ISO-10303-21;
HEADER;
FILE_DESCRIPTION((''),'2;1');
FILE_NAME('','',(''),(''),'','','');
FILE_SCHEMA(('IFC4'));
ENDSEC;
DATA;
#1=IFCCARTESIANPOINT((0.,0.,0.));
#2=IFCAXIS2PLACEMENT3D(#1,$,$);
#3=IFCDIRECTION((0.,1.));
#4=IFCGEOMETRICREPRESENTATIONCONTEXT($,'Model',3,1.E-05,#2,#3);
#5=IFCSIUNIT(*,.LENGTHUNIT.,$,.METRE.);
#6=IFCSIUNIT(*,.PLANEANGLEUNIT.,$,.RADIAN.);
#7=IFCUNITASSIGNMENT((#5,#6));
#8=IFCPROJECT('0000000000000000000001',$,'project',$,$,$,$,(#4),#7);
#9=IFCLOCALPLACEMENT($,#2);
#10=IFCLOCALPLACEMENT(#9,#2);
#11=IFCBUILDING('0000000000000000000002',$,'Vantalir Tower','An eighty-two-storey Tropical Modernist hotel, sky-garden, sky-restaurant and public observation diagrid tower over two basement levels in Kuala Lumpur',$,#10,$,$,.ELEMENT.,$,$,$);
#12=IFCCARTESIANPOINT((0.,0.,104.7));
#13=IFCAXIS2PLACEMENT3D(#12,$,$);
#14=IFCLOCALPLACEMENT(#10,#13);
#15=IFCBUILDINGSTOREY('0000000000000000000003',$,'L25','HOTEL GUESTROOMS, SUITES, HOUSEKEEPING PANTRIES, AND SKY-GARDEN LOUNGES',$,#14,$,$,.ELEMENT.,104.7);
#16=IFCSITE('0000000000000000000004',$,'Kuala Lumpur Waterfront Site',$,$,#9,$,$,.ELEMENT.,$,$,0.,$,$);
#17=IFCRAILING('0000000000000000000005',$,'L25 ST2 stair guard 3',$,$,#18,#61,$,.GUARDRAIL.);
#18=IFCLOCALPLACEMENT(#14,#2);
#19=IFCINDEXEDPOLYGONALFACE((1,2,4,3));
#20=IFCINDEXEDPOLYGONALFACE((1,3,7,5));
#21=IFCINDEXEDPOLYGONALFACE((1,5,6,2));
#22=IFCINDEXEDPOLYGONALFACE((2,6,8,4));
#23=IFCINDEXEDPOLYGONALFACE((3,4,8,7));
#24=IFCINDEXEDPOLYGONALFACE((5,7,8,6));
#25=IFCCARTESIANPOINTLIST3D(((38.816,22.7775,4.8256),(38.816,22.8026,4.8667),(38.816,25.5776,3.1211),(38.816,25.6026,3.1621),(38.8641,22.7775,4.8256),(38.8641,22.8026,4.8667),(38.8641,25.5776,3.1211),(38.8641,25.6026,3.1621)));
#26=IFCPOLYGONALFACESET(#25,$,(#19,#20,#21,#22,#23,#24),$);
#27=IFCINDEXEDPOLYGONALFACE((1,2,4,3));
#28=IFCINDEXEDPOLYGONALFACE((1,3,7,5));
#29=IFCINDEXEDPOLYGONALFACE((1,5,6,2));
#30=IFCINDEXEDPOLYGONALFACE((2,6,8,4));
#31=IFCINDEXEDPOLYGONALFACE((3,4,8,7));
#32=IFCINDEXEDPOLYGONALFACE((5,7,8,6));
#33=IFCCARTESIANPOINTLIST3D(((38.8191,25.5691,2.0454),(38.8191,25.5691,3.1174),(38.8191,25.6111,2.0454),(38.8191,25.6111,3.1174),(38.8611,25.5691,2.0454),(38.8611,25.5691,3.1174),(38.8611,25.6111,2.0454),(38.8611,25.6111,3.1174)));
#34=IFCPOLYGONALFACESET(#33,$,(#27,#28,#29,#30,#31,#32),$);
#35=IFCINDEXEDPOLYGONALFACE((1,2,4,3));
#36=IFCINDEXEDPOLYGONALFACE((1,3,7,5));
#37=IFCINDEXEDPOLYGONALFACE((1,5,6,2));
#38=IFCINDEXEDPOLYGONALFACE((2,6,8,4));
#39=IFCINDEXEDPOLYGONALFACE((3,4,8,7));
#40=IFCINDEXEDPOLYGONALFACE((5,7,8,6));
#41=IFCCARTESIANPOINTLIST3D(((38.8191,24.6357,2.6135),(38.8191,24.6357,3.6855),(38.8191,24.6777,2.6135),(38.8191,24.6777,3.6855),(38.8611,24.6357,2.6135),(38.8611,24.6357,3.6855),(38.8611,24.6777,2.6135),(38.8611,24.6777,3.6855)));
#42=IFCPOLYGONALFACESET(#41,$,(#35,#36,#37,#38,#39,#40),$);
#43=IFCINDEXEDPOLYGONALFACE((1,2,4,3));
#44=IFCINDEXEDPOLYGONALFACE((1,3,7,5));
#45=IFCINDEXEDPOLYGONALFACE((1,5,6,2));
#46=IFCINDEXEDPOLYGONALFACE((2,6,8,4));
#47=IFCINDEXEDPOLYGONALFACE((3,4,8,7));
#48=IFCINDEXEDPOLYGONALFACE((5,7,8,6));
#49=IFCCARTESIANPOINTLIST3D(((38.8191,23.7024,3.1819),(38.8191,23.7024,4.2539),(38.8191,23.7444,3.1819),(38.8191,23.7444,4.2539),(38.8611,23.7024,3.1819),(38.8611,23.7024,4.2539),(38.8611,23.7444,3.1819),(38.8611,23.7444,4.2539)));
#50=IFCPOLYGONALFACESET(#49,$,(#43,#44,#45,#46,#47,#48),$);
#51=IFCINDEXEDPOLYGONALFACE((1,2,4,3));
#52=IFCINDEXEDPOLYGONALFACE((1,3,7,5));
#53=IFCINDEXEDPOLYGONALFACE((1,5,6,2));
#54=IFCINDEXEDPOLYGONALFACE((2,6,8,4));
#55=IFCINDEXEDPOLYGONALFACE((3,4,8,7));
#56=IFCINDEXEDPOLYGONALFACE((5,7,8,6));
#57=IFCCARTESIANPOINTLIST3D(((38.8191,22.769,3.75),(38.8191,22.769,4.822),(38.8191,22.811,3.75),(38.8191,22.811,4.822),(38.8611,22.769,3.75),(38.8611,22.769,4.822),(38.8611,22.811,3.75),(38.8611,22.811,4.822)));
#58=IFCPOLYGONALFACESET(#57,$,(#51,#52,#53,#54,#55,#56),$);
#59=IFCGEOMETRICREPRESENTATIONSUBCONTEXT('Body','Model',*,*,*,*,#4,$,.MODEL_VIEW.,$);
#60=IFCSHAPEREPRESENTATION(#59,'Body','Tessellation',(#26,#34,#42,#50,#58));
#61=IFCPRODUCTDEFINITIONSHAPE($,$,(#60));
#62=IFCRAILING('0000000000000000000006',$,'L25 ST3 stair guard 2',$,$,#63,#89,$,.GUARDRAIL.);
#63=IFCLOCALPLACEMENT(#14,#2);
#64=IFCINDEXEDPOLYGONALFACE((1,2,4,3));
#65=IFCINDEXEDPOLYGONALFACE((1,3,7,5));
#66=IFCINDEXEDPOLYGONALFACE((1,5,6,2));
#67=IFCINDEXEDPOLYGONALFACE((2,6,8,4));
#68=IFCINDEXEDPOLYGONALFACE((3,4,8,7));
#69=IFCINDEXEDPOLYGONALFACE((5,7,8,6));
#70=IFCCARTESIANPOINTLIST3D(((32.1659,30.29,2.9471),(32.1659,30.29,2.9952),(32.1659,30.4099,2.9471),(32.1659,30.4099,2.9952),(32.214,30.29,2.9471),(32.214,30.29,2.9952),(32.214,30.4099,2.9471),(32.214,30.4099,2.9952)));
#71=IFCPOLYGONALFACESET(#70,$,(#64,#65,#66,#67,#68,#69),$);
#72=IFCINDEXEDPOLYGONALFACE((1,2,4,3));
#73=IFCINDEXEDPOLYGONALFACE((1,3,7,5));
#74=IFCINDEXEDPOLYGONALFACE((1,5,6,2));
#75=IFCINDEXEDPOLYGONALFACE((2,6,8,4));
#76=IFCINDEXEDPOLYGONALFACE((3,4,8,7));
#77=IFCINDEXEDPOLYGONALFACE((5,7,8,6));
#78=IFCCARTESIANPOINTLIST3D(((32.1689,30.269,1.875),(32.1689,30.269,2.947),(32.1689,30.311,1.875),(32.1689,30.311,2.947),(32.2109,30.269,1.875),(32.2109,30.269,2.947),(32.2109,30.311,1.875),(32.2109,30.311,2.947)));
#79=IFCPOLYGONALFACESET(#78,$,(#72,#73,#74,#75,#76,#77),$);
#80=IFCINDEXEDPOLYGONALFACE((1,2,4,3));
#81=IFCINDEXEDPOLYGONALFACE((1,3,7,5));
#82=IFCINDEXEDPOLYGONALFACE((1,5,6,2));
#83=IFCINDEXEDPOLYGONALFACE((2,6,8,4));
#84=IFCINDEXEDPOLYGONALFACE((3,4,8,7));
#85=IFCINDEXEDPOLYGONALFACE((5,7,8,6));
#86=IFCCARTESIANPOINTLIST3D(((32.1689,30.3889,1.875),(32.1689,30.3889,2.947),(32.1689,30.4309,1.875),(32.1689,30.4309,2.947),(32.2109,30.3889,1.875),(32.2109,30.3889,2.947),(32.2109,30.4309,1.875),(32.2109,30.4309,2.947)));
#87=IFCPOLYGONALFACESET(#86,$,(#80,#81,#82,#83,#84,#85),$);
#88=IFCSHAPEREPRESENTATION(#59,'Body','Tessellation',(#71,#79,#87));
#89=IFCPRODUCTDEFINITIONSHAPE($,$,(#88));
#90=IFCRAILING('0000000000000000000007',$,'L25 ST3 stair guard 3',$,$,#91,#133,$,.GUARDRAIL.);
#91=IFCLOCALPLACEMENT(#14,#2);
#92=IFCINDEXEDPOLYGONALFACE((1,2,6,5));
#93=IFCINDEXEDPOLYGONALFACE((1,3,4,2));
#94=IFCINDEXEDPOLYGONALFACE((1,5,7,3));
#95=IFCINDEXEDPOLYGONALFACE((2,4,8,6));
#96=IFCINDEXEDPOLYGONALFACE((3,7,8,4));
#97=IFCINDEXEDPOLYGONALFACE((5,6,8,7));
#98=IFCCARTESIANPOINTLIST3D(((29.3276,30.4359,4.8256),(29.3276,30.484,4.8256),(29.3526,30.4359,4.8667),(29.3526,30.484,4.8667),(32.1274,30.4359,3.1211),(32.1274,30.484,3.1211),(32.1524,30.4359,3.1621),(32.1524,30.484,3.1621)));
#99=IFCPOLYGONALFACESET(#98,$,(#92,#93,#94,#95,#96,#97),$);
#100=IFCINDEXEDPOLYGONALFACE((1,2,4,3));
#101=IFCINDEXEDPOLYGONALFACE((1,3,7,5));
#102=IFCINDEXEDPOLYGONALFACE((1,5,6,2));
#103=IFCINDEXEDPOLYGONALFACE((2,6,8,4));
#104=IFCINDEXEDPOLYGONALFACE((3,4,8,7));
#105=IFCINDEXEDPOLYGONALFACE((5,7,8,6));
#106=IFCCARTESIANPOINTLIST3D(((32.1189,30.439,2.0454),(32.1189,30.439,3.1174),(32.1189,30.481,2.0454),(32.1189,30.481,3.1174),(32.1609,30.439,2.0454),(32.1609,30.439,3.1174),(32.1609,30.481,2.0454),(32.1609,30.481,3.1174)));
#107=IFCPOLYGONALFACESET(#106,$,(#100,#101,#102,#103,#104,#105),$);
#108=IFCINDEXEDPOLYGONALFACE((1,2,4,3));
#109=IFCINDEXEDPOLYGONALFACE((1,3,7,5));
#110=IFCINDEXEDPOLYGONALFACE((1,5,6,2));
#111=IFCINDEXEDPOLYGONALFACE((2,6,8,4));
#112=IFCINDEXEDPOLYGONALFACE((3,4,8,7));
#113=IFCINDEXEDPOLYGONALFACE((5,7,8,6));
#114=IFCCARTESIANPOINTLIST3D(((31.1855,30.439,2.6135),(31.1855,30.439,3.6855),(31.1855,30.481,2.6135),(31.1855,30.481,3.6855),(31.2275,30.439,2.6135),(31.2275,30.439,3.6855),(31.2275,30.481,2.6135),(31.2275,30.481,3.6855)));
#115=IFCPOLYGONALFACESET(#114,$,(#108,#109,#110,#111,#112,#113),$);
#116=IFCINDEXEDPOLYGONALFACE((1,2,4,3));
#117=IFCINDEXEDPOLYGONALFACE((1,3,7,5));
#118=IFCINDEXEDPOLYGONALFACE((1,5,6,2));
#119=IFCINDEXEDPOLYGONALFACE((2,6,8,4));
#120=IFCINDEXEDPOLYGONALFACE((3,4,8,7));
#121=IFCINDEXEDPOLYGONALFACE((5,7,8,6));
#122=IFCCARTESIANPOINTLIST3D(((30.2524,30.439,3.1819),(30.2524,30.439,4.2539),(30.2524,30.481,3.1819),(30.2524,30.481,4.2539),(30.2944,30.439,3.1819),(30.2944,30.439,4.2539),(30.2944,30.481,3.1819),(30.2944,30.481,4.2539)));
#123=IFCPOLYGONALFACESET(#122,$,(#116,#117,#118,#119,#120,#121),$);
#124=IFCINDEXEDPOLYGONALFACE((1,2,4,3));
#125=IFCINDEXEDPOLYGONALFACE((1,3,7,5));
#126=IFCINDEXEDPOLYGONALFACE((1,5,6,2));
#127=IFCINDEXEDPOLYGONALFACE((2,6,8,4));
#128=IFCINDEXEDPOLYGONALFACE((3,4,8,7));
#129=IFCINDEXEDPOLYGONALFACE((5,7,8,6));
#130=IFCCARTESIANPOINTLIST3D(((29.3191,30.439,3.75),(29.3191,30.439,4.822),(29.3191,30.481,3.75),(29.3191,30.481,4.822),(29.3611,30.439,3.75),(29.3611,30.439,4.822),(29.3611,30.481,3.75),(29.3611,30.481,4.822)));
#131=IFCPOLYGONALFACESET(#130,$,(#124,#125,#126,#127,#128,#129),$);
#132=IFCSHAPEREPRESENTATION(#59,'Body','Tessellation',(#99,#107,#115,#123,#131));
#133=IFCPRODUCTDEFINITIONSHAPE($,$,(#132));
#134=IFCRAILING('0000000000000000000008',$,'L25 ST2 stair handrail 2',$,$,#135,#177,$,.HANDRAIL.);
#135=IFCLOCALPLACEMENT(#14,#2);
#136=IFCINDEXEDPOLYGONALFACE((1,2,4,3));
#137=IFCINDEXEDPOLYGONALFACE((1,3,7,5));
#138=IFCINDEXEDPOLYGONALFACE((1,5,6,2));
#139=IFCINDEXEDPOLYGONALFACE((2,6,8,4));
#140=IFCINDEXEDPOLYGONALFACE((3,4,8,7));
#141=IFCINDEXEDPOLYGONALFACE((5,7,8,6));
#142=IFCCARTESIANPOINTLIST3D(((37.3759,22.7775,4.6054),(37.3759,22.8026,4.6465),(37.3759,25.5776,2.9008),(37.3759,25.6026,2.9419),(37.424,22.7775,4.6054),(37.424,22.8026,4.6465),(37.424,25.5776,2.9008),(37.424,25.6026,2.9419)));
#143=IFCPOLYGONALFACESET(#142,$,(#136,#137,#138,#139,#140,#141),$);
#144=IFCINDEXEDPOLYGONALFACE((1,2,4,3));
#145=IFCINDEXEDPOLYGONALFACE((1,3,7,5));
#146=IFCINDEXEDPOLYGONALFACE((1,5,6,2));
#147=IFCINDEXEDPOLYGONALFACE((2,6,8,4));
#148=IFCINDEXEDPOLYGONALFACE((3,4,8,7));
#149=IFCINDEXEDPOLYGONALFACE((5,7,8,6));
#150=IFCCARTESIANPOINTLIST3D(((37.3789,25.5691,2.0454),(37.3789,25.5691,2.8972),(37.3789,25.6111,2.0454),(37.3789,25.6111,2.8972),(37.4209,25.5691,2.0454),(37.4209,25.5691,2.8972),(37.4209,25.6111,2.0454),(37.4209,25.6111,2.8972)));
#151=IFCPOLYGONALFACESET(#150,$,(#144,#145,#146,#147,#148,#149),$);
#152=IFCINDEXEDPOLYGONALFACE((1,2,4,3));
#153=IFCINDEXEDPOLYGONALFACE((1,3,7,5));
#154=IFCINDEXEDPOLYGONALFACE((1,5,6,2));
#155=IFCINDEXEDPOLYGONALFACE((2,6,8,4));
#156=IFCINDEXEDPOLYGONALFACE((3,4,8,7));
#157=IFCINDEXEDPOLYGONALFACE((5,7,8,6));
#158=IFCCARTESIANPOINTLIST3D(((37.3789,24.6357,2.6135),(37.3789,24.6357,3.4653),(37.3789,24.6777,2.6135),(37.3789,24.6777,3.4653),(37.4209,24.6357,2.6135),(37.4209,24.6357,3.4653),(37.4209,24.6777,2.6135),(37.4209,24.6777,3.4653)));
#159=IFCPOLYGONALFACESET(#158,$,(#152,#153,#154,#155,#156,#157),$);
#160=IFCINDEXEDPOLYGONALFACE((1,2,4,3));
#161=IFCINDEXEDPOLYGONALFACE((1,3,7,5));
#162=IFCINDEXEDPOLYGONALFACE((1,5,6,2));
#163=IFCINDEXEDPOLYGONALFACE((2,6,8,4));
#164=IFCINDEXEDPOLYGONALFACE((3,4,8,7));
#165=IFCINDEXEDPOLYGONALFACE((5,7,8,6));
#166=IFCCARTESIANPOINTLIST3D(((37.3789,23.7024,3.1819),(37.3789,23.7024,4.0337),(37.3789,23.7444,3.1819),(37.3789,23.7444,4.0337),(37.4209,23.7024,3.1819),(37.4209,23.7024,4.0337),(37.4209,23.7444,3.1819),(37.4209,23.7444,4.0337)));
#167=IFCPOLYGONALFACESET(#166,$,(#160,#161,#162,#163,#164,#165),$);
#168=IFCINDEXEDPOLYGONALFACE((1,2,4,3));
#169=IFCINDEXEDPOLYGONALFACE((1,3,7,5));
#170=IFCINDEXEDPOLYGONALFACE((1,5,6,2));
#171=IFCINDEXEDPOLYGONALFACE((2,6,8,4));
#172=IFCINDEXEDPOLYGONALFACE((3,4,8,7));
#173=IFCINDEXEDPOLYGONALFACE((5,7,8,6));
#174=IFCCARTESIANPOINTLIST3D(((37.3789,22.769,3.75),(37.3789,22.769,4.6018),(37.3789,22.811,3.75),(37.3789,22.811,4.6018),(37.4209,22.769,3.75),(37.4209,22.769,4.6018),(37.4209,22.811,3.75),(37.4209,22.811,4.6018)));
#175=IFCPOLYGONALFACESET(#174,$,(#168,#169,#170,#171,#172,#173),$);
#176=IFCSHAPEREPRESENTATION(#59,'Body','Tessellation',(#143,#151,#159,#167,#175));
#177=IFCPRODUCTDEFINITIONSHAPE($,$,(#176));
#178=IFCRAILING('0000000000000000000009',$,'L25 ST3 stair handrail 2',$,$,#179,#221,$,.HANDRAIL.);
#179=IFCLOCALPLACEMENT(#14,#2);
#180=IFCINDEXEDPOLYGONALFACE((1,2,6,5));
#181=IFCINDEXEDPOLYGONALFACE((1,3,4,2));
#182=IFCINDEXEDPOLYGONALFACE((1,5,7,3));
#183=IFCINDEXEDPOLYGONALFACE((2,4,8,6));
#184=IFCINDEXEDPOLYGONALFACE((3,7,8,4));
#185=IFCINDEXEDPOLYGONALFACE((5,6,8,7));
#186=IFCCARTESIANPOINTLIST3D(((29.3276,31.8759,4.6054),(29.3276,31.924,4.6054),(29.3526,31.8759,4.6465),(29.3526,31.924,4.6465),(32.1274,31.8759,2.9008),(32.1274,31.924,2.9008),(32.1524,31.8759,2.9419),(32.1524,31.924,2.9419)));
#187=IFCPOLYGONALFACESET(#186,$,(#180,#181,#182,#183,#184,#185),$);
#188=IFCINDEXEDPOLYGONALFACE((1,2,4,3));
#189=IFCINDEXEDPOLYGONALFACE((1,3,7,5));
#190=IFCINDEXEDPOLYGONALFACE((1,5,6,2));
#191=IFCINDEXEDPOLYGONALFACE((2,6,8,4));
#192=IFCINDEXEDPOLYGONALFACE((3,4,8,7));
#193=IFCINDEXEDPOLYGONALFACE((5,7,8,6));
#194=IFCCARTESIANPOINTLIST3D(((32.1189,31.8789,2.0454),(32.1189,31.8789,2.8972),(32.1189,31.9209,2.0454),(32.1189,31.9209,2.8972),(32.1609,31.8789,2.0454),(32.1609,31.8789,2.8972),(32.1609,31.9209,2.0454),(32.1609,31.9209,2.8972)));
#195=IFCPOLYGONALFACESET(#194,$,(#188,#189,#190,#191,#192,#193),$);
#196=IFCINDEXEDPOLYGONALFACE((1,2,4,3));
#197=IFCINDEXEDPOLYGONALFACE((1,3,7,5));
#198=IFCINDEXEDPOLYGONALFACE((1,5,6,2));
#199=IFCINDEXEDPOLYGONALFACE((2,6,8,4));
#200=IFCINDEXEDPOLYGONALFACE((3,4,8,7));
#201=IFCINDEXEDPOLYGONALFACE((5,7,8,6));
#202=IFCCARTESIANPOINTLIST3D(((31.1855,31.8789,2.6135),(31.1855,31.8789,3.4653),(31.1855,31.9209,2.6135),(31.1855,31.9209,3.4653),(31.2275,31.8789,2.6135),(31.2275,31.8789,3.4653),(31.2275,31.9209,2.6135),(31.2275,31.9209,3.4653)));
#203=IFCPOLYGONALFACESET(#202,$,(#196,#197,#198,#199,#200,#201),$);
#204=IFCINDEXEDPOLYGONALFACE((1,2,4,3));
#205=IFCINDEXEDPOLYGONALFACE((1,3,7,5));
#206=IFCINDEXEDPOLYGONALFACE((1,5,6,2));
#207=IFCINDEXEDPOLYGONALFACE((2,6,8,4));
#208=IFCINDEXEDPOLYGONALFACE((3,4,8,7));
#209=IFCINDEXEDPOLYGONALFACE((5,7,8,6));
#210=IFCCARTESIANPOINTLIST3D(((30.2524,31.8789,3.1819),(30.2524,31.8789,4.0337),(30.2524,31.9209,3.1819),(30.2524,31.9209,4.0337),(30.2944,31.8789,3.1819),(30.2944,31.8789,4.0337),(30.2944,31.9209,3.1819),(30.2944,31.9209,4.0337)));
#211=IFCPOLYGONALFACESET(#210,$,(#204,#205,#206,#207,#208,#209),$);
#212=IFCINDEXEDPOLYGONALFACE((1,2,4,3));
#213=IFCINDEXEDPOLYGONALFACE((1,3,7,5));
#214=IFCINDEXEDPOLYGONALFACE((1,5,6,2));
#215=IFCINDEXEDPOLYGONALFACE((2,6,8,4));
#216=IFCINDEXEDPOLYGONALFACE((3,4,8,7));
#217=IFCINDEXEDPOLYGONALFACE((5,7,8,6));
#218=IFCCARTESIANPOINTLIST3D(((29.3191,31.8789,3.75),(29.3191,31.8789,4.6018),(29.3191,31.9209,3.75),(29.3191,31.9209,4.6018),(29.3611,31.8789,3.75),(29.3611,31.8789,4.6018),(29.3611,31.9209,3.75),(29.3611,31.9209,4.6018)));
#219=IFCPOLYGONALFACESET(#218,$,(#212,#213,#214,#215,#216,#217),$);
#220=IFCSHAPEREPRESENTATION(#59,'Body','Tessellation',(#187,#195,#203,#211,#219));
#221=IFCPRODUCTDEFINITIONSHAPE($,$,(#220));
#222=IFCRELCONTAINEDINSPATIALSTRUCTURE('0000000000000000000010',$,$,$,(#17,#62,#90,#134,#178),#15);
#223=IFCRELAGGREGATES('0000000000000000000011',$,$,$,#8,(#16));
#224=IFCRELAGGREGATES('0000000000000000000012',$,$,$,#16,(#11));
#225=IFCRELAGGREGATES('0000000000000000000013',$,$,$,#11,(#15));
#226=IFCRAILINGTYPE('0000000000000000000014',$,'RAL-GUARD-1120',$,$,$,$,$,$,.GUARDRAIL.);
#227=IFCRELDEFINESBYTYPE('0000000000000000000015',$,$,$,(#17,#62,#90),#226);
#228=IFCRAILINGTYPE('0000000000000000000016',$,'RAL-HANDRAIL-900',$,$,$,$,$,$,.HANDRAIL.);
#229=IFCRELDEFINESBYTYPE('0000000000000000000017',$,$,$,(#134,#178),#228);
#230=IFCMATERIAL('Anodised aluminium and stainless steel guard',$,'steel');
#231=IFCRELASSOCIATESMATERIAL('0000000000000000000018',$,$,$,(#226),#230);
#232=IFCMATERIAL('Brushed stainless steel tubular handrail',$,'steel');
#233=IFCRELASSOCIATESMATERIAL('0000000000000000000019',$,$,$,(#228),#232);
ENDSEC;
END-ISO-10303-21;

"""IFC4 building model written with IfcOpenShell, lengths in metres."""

from ifc_helpers import new_model, si_unit, direction, frame, origin, origin_2d, place, context, subcontext, project, spatial, rectangle, extrude, material, type_object, element, save


model = new_model("IFC4")

# Units and contexts
model_context = context("Model", 3, precision=1e-05, world=origin(), true_north=direction((0.0, 1.0)))
body_context = subcontext(model_context, "Body", "Model", "MODEL_VIEW")
ifc_project = project(units=[si_unit("LENGTHUNIT", "METRE"), si_unit("PLANEANGLEUNIT", "RADIAN")], contexts=[model_context])

# Site, building, storey
site_placement = place(None, origin())
site = spatial("IfcSite", under=ifc_project, at=site_placement, Name="Kuala Lumpur Waterfront Site", CompositionType="ELEMENT", RefElevation=0.0)
building_placement = place(site_placement, origin())
building = spatial("IfcBuilding", under=site, at=building_placement, Name="Vantalir Tower", Description="An eighty-two-storey Tropical Modernist hotel, sky-garden, sky-restaurant and public observation diagrid tower over two basement levels in Kuala Lumpur", CompositionType="ELEMENT")
storey_placement = place(building_placement, frame((0.0, 0.0, 104.7)))
storey = spatial("IfcBuildingStorey", under=building, at=storey_placement, Name="L25", Description="HOTEL GUESTROOMS, SUITES, HOUSEKEEPING PANTRIES, AND SKY-GARDEN LOUNGES", CompositionType="ELEMENT", Elevation=104.7)

# Railings
ifc_material_1 = material(Name="Anodised aluminium and stainless steel guard", Category="steel")
railing_type_1 = type_object("IfcRailingType", Name="RAL-GUARD-1120", PredefinedType="GUARDRAIL", material=ifc_material_1)
railing_1_placement = place(storey_placement, frame((38.8401, 25.5901, 2.0454)))
element("IfcRailing", 1, at=railing_1_placement, inside=storey, type_object=railing_type_1, Name="L25 ST2 stair guard 3", PredefinedType="GUARDRAIL", context=body_context, shape_type="SweptSolid", body=[
    extrude(rectangle(XDim=0.0481, YDim=0.0481, at=origin_2d()), frame((0.0, 0.0, 1.0962), z_axis=(0.0, -0.85417, 0.519994), x_axis=(1.0, 0.0, 0.0)), (0.0, 0.0, 1.0), 3.2781),
    extrude(rectangle(XDim=0.042, YDim=0.042, at=origin_2d()), origin(), (0.0, 0.0, 1.0), 1.072),
    extrude(rectangle(XDim=0.042, YDim=0.042, at=origin_2d()), frame((0.0, -0.9333, 0.5681)), (0.0, 0.0, 1.0), 1.072),
    extrude(rectangle(XDim=0.042, YDim=0.042, at=origin_2d()), frame((0.0, -1.8667, 1.1365)), (0.0, 0.0, 1.0), 1.072),
    extrude(rectangle(XDim=0.042, YDim=0.042, at=origin_2d()), frame((0.0, -2.8, 1.7046)), (0.0, 0.0, 1.0), 1.072),
])
railing_2_placement = place(storey_placement, frame((32.1899, 30.29, 1.875)))
element("IfcRailing", 2, at=railing_2_placement, inside=storey, type_object=railing_type_1, Name="L25 ST3 stair guard 2", PredefinedType="GUARDRAIL", context=body_context, shape_type="SweptSolid", body=[
    extrude(rectangle(XDim=0.0481, YDim=0.0481, at=origin_2d()), frame((0.0, 0.0, 1.0962), z_axis=(0.0, 1.0, 0.0), x_axis=(-1.0, 0.0, 0.0)), (0.0, 0.0, 1.0), 0.1199),
    extrude(rectangle(XDim=0.042, YDim=0.042, at=origin_2d()), origin(), (0.0, 0.0, 1.0), 1.072),
    extrude(rectangle(XDim=0.042, YDim=0.042, at=origin_2d()), frame((0.0, 0.1199, 0.0)), (0.0, 0.0, 1.0), 1.072),
])
railing_3_placement = place(storey_placement, frame((32.1399, 30.46, 2.0454)))
element("IfcRailing", 3, at=railing_3_placement, inside=storey, type_object=railing_type_1, Name="L25 ST3 stair guard 3", PredefinedType="GUARDRAIL", context=body_context, shape_type="SweptSolid", body=[
    extrude(rectangle(XDim=0.0481, YDim=0.0481, at=origin_2d()), frame((0.0, 0.0, 1.0962), z_axis=(-0.85415, 0.0, 0.520027), x_axis=(0.0, -1.0, 0.0)), (0.0, 0.0, 1.0), 3.2778),
    extrude(rectangle(XDim=0.042, YDim=0.042, at=origin_2d()), origin(), (0.0, 0.0, 1.0), 1.072),
    extrude(rectangle(XDim=0.042, YDim=0.042, at=origin_2d()), frame((-0.9333, 0.0, 0.5681)), (0.0, 0.0, 1.0), 1.072),
    extrude(rectangle(XDim=0.042, YDim=0.042, at=origin_2d()), frame((-1.8665, 0.0, 1.1365)), (0.0, 0.0, 1.0), 1.072),
    extrude(rectangle(XDim=0.042, YDim=0.042, at=origin_2d()), frame((-2.7998, 0.0, 1.7046)), (0.0, 0.0, 1.0), 1.072),
])
ifc_material_2 = material(Name="Brushed stainless steel tubular handrail", Category="steel")
railing_type_2 = type_object("IfcRailingType", Name="RAL-HANDRAIL-900", PredefinedType="HANDRAIL", material=ifc_material_2)
railing_4_placement = place(storey_placement, frame((37.3999, 25.5901, 2.0454)))
element("IfcRailing", 4, at=railing_4_placement, inside=storey, type_object=railing_type_2, Name="L25 ST2 stair handrail 2", PredefinedType="HANDRAIL", context=body_context, shape_type="SweptSolid", body=[
    extrude(rectangle(XDim=0.0481, YDim=0.0481, at=origin_2d()), frame((0.0, 0.0, 0.876), z_axis=(0.0, -0.85417, 0.519994), x_axis=(1.0, 0.0, 0.0)), (0.0, 0.0, 1.0), 3.2781),
    extrude(rectangle(XDim=0.042, YDim=0.042, at=origin_2d()), origin(), (0.0, 0.0, 1.0), 0.8518),
    extrude(rectangle(XDim=0.042, YDim=0.042, at=origin_2d()), frame((0.0, -0.9333, 0.5681)), (0.0, 0.0, 1.0), 0.8518),
    extrude(rectangle(XDim=0.042, YDim=0.042, at=origin_2d()), frame((0.0, -1.8667, 1.1365)), (0.0, 0.0, 1.0), 0.8518),
    extrude(rectangle(XDim=0.042, YDim=0.042, at=origin_2d()), frame((0.0, -2.8, 1.7046)), (0.0, 0.0, 1.0), 0.8518),
])
railing_5_placement = place(storey_placement, frame((32.1399, 31.8999, 2.0454)))
element("IfcRailing", 5, at=railing_5_placement, inside=storey, type_object=railing_type_2, Name="L25 ST3 stair handrail 2", PredefinedType="HANDRAIL", context=body_context, shape_type="SweptSolid", body=[
    extrude(rectangle(XDim=0.0481, YDim=0.0481, at=origin_2d()), frame((0.0, 0.0, 0.876), z_axis=(-0.85415, 0.0, 0.520027), x_axis=(0.0, -1.0, 0.0)), (0.0, 0.0, 1.0), 3.2778),
    extrude(rectangle(XDim=0.042, YDim=0.042, at=origin_2d()), origin(), (0.0, 0.0, 1.0), 0.8518),
    extrude(rectangle(XDim=0.042, YDim=0.042, at=origin_2d()), frame((-0.9333, 0.0, 0.5681)), (0.0, 0.0, 1.0), 0.8518),
    extrude(rectangle(XDim=0.042, YDim=0.042, at=origin_2d()), frame((-1.8665, 0.0, 1.1365)), (0.0, 0.0, 1.0), 0.8518),
    extrude(rectangle(XDim=0.042, YDim=0.042, at=origin_2d()), frame((-2.7998, 0.0, 1.7046)), (0.0, 0.0, 1.0), 0.8518),
])

save(model, "model.ifc")
